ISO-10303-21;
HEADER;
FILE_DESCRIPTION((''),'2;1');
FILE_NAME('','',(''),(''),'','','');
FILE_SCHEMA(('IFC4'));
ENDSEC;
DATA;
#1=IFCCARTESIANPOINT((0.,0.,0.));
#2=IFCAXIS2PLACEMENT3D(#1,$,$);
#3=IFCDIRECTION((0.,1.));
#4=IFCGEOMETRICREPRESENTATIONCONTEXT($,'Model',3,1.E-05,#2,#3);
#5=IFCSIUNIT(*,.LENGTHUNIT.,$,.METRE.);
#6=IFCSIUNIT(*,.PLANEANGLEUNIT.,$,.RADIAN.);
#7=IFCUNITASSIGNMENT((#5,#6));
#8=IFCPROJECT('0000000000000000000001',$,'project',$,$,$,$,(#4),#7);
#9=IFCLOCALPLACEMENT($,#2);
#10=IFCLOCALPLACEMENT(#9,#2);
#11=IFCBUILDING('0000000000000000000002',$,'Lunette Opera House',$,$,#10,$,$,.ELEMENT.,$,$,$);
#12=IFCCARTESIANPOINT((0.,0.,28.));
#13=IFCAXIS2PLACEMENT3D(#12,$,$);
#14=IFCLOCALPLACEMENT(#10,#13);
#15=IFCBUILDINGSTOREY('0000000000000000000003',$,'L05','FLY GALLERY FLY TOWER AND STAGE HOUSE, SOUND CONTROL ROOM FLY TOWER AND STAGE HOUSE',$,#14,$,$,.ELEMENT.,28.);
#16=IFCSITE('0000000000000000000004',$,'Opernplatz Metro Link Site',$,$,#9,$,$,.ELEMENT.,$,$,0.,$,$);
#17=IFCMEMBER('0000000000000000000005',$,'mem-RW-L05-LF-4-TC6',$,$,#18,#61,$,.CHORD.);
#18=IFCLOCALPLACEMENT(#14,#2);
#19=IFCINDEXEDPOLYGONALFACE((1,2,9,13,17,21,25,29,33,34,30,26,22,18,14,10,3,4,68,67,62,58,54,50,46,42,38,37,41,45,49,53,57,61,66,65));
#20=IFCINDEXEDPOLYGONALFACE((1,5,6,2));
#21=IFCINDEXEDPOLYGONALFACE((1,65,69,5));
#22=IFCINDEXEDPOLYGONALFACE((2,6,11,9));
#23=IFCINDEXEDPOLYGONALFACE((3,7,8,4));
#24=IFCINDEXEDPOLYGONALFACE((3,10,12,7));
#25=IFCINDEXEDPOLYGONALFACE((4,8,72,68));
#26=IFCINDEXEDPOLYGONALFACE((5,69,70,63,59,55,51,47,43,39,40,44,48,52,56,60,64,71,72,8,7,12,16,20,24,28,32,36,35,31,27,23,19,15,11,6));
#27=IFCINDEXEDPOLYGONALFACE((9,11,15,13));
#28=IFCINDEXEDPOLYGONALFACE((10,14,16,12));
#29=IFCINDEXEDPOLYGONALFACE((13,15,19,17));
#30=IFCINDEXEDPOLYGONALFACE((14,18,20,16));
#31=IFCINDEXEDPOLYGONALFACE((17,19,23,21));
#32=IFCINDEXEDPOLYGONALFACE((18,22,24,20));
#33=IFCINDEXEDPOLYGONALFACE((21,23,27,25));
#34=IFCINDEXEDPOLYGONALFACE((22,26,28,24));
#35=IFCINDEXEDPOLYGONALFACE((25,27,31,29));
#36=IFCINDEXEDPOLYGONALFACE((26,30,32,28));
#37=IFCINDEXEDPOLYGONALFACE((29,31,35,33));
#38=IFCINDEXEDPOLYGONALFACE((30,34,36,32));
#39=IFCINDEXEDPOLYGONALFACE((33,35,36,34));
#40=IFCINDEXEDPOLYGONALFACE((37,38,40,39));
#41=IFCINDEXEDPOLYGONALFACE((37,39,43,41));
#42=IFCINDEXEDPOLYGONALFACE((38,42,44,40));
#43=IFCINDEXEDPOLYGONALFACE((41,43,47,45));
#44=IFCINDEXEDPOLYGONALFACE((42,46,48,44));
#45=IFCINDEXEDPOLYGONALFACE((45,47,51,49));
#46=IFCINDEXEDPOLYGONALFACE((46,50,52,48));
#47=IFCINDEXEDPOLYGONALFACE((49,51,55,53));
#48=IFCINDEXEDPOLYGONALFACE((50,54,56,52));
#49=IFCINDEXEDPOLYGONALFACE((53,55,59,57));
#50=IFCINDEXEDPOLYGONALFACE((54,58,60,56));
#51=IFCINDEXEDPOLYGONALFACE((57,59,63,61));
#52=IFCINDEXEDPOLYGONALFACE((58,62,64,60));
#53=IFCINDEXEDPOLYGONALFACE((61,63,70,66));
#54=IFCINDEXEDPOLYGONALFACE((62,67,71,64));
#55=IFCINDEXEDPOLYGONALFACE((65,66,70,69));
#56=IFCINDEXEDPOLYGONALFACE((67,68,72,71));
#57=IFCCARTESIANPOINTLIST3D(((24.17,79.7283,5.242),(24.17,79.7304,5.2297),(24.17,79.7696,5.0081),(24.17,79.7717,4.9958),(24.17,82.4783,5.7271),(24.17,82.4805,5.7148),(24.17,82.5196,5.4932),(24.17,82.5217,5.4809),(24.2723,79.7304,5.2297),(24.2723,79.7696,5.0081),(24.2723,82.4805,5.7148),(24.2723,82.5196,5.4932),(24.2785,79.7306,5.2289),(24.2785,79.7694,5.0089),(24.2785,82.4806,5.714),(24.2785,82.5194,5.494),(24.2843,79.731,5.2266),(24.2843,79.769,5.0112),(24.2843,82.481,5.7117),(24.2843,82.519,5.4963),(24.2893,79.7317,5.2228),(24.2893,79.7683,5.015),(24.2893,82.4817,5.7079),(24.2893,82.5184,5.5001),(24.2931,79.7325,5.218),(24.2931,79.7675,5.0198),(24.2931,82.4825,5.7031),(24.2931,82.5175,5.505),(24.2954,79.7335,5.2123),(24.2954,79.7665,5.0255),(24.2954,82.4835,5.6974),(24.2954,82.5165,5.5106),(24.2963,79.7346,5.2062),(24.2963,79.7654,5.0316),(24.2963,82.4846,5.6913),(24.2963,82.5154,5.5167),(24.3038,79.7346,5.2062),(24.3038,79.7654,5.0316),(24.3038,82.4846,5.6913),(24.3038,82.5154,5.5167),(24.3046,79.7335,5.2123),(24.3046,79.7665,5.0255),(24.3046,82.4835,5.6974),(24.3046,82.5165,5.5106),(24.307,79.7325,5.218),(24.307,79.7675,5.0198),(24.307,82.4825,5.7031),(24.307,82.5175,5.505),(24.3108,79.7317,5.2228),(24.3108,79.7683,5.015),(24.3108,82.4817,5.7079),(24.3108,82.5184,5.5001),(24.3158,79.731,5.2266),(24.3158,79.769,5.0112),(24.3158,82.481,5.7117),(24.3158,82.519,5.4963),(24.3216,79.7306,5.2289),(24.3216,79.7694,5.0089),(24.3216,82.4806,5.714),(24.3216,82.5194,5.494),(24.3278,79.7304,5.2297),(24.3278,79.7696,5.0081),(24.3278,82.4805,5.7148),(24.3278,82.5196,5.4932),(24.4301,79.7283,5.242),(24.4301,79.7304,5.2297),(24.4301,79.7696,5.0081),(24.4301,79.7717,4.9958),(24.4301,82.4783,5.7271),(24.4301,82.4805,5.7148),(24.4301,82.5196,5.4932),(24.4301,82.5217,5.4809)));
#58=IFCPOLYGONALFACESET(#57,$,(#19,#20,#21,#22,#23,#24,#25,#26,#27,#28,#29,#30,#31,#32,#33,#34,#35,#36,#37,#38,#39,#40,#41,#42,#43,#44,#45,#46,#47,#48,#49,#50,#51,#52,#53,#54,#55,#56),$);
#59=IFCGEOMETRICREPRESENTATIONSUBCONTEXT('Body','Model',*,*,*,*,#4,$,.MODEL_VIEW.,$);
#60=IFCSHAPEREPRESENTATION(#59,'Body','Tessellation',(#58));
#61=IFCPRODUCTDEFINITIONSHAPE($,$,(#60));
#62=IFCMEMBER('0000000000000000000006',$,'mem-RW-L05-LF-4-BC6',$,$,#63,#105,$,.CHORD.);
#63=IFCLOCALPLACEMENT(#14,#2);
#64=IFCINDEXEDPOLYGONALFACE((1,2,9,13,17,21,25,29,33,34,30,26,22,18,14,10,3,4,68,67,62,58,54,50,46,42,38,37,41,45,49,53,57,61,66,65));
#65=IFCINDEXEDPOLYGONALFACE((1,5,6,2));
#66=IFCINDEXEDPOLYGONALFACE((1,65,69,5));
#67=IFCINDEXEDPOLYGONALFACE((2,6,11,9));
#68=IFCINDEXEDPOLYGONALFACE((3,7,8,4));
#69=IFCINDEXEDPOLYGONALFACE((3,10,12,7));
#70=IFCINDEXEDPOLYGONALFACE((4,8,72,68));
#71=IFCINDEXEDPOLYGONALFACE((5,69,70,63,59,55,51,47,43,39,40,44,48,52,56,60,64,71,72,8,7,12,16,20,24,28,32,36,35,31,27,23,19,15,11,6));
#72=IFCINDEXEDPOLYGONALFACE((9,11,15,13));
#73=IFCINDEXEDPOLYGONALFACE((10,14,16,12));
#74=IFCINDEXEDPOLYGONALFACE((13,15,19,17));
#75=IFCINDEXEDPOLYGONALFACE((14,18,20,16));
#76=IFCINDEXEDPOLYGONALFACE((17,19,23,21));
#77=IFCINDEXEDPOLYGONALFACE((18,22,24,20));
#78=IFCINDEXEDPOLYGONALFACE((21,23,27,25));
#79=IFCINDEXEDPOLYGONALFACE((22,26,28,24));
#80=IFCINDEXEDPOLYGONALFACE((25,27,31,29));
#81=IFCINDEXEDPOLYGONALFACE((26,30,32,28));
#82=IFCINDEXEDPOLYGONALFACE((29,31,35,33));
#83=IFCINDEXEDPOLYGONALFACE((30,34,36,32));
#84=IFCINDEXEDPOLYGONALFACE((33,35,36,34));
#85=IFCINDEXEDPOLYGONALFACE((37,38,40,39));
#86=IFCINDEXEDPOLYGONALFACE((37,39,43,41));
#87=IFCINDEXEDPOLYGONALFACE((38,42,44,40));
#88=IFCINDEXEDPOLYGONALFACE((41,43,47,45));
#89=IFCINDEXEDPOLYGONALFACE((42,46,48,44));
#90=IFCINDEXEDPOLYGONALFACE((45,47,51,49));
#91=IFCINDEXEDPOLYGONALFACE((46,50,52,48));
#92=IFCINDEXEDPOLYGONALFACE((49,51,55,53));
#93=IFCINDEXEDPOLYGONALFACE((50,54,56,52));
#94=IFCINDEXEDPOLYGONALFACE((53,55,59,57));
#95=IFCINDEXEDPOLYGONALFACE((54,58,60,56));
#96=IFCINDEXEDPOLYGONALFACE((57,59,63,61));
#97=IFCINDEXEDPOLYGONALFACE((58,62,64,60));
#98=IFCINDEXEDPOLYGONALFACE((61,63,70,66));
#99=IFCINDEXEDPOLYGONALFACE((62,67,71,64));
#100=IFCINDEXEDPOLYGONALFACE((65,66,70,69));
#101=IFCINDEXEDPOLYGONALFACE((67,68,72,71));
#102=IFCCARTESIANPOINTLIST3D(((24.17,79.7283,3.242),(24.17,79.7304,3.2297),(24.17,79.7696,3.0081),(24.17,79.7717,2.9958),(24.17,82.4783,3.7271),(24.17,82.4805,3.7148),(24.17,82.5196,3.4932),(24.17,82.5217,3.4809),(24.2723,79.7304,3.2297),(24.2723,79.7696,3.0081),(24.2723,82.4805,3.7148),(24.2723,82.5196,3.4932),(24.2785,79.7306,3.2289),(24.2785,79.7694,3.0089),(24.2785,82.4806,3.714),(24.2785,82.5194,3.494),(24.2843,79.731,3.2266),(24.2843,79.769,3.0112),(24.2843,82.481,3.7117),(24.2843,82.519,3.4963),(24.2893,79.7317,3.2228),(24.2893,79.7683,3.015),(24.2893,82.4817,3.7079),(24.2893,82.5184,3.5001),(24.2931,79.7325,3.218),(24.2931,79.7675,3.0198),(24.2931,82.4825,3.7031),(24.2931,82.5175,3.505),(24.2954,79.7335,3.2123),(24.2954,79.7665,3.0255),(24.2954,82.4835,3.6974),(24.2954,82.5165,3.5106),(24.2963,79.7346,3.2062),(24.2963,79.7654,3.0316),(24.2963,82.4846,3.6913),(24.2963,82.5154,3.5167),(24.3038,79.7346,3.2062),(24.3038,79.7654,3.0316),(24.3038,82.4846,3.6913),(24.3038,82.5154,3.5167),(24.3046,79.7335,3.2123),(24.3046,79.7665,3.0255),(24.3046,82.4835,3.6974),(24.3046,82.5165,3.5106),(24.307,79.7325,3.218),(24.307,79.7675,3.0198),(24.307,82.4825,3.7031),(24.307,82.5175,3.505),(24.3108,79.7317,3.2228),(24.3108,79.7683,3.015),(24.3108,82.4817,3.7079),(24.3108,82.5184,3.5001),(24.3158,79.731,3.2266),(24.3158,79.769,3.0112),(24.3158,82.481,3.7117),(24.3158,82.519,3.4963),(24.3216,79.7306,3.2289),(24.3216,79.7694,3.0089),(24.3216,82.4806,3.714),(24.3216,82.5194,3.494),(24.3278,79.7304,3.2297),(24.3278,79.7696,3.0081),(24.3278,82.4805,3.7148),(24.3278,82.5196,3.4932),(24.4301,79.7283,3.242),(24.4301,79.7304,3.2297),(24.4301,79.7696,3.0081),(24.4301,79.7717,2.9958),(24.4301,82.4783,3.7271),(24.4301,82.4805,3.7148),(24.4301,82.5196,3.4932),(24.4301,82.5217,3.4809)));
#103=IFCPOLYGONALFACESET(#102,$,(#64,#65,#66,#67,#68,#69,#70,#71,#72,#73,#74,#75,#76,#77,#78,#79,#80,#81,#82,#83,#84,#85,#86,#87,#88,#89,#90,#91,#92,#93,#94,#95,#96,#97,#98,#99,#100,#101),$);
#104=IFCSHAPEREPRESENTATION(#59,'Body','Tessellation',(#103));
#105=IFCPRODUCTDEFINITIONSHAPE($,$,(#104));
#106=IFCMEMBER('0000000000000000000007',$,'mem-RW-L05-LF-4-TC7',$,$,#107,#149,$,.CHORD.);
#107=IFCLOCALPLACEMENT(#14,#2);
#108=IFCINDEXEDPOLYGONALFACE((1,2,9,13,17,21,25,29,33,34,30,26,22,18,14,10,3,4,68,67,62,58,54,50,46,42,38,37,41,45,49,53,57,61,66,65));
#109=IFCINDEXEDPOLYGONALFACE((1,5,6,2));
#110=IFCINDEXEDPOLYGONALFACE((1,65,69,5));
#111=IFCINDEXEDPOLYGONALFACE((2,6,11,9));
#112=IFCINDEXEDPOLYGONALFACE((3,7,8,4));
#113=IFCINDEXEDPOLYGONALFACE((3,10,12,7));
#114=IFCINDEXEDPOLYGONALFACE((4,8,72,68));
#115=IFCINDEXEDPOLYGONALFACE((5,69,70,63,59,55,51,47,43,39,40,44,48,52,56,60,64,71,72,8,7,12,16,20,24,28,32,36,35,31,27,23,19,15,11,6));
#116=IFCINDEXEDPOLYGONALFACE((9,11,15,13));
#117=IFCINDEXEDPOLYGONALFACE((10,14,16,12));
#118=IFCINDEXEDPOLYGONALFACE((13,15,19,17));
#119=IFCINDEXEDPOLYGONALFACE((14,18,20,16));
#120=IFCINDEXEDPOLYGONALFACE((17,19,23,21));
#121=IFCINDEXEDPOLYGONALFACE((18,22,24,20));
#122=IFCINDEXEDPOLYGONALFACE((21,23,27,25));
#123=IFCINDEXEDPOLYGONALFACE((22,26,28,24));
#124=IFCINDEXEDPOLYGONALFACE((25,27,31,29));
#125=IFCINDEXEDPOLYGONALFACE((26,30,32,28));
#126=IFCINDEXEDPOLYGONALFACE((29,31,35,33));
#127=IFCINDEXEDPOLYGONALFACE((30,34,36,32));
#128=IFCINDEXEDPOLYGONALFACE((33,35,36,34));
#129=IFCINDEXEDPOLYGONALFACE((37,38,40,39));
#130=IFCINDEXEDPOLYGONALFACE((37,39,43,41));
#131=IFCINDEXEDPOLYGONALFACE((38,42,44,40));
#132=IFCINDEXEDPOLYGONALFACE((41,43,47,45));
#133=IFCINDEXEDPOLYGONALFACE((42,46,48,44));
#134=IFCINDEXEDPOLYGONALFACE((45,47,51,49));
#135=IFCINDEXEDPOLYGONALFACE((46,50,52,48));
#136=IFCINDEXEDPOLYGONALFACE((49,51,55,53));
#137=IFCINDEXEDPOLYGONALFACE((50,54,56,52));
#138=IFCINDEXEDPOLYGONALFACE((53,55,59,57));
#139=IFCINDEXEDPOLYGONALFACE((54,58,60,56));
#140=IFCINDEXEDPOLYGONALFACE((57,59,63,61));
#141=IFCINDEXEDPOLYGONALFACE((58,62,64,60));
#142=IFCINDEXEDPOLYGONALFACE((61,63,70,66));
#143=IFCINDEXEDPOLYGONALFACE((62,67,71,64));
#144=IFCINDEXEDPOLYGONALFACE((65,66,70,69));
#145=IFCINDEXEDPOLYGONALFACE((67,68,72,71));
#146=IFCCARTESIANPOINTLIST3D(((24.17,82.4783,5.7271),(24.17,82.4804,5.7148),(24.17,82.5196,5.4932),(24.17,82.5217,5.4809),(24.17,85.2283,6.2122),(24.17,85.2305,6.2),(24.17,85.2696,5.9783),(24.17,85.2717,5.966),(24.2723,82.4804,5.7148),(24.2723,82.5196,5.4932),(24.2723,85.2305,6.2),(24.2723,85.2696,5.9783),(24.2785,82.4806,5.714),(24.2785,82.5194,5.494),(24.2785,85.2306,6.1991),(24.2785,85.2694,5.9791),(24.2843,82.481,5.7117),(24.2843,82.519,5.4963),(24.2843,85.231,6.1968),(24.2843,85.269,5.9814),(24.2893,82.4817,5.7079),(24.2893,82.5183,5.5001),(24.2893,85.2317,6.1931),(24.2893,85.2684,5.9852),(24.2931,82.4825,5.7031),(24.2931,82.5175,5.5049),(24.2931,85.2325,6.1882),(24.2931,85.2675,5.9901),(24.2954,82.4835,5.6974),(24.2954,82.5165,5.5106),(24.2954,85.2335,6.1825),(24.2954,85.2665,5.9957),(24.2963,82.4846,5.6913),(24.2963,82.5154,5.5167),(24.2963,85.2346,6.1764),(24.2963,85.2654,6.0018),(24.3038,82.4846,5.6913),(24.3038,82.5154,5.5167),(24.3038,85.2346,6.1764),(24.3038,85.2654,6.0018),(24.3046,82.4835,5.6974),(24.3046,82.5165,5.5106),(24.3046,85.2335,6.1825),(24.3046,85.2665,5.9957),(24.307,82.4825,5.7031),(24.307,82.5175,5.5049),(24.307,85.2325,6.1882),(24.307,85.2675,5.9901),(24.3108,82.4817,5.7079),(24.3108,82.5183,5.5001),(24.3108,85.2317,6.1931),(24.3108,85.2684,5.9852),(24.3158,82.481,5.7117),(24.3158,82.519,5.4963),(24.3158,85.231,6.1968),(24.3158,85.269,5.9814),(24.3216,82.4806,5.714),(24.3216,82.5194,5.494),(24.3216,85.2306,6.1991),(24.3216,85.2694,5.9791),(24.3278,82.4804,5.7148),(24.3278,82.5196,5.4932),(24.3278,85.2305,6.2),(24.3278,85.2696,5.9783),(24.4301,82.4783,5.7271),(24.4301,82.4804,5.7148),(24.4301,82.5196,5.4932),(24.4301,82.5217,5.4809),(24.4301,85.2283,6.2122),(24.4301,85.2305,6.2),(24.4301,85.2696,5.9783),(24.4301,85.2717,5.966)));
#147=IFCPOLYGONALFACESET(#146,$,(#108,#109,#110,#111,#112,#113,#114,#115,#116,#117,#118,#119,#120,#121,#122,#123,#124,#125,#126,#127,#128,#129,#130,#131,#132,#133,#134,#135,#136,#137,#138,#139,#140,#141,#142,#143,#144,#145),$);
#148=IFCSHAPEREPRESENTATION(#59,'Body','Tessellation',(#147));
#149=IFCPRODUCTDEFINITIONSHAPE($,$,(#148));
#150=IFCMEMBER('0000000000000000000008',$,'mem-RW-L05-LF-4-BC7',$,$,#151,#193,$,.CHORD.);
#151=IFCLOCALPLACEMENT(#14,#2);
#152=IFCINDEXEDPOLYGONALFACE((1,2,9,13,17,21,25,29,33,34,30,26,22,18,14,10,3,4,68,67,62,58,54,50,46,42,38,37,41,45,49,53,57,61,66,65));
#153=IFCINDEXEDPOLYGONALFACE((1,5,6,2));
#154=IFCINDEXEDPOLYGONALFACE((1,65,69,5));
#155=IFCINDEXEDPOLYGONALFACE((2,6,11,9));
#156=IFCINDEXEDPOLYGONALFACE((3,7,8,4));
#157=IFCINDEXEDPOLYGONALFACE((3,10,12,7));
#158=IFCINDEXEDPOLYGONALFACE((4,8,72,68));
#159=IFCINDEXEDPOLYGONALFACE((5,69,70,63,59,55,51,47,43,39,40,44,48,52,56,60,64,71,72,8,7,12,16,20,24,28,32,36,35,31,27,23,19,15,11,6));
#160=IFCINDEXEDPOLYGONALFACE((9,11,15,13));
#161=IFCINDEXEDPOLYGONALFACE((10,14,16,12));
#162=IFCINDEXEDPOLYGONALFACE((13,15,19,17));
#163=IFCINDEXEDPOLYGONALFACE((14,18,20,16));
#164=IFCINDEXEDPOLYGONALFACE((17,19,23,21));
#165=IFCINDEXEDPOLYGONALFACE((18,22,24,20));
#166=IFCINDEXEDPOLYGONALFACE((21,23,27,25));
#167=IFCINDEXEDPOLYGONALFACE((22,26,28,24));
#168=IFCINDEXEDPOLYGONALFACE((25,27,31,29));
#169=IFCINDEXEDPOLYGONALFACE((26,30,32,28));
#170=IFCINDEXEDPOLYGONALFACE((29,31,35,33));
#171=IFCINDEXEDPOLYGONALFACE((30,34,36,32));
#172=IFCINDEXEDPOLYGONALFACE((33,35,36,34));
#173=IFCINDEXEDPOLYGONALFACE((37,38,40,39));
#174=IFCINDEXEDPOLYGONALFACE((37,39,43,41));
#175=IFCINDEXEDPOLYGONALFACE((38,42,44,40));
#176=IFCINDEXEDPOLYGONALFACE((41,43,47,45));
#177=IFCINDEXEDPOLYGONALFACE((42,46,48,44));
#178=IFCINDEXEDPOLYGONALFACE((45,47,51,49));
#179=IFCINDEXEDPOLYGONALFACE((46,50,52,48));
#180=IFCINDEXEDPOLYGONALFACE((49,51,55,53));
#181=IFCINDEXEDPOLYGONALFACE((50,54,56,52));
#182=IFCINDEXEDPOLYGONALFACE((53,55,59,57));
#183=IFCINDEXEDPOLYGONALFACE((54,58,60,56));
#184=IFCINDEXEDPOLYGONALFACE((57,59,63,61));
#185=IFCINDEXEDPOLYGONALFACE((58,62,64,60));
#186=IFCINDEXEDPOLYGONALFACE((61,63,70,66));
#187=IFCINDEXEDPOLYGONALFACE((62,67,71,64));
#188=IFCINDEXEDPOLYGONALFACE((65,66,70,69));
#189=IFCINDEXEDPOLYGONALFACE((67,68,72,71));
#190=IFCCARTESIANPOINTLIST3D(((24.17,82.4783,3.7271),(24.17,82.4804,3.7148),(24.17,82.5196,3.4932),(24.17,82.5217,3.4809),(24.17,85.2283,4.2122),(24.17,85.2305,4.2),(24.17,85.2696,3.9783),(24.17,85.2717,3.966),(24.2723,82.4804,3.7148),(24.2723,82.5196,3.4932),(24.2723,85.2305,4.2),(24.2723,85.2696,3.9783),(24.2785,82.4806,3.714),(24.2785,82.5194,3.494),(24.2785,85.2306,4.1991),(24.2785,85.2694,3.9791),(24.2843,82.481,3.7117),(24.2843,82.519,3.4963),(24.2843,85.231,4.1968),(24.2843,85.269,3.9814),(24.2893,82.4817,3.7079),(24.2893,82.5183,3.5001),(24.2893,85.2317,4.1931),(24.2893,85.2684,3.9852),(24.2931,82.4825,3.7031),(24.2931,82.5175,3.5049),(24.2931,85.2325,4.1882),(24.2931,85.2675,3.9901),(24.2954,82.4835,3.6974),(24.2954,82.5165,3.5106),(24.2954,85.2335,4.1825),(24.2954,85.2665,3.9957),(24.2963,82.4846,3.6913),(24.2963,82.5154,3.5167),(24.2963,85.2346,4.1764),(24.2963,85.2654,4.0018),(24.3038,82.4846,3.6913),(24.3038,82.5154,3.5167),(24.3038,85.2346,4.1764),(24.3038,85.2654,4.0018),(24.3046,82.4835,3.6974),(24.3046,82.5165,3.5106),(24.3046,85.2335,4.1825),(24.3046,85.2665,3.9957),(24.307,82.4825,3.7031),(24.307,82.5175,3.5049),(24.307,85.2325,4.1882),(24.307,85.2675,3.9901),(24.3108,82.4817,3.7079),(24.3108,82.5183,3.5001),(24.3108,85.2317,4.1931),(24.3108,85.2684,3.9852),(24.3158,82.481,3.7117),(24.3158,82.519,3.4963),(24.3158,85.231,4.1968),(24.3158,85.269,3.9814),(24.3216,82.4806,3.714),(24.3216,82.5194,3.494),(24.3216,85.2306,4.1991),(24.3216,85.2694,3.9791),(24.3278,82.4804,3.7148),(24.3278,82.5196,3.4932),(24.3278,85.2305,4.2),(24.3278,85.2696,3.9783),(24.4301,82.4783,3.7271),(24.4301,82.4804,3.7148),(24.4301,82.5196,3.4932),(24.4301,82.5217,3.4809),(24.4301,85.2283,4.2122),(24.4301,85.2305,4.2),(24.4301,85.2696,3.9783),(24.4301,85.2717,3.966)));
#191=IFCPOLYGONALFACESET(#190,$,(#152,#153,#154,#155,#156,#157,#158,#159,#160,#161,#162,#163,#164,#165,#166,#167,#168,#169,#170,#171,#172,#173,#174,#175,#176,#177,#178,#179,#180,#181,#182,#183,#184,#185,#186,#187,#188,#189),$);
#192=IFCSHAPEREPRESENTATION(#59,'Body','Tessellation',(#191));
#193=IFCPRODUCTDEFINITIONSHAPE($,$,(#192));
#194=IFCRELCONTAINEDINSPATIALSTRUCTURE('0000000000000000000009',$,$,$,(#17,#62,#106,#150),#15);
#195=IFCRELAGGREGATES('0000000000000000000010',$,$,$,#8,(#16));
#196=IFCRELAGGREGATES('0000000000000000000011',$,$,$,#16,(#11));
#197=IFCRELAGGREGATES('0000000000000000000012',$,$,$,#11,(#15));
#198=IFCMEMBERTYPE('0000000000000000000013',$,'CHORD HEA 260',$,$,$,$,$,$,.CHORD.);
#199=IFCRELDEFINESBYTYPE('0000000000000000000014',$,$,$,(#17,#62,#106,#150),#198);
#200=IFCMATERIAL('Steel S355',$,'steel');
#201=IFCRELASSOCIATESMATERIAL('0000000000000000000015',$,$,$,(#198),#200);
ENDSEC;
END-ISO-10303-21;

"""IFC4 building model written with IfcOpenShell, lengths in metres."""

from ifc_helpers import new_model, si_unit, direction, frame, origin, origin_2d, place, context, subcontext, project, spatial, i_section, extrude, material, material_profile, profile_set, type_object, element, save


model = new_model("IFC4")

# Units and contexts
model_context = context("Model", 3, precision=1e-05, world=origin(), true_north=direction((0.0, 1.0)))
body_context = subcontext(model_context, "Body", "Model", "MODEL_VIEW")
ifc_project = project(units=[si_unit("LENGTHUNIT", "METRE"), si_unit("PLANEANGLEUNIT", "RADIAN")], contexts=[model_context])

# Site, building, storey
site_placement = place(None, origin())
site = spatial("IfcSite", under=ifc_project, at=site_placement, Name="Opernplatz Metro Link Site", CompositionType="ELEMENT", RefElevation=0.0)
building_placement = place(site_placement, origin())
building = spatial("IfcBuilding", under=site, at=building_placement, Name="Lunette Opera House", CompositionType="ELEMENT")
storey_placement = place(building_placement, frame((0.0, 0.0, 28.0)))
storey = spatial("IfcBuildingStorey", under=building, at=storey_placement, Name="L05", Description="FLY GALLERY FLY TOWER AND STAGE HOUSE, SOUND CONTROL ROOM FLY TOWER AND STAGE HOUSE", CompositionType="ELEMENT", Elevation=28.0)

# Members
ifc_material_1 = material(Name="Steel S355", Category="steel")
ifc_material_profile_1 = material_profile(ifc_material_1, i_section(OverallWidth=0.26, OverallDepth=0.25, WebThickness=0.0076, FlangeThickness=0.0125, FilletRadius=0.0239, at=origin_2d()), Name="HEA 260")
ifc_profile_set_1 = profile_set([ifc_material_profile_1], Name="Steel S355")
member_type_1 = type_object("IfcMemberType", Name="CHORD HEA 260", PredefinedType="CHORD", material=ifc_profile_set_1)
for number, where, z_axis, x_axis, name in (
    (1, (24.3, 79.75, 5.1189), (0.0, 0.984795, 0.17372), (-1.0, 0.0, 0.0), "mem-RW-L05-LF-4-TC6"),
    (2, (24.3, 79.75, 3.1189), (0.0, 0.984795, 0.17372), (-1.0, 0.0, 0.0), "mem-RW-L05-LF-4-BC6"),
    (3, (24.3, 82.5, 5.604), (0.0, 0.984795, 0.17372), (-1.0, 0.0, 0.0), "mem-RW-L05-LF-4-TC7"),
    (4, (24.3, 82.5, 3.604), (0.0, 0.984795, 0.17372), (-1.0, 0.0, 0.0), "mem-RW-L05-LF-4-BC7"),
):
    element("IfcMember", number, at=place(storey_placement, frame(where, z_axis=z_axis, x_axis=x_axis)), inside=storey, type_object=member_type_1, Name=name, PredefinedType="CHORD", context=body_context, shape_type="SweptSolid", body=[
        extrude(i_section(OverallWidth=0.26, OverallDepth=0.25, WebThickness=0.0076, FlangeThickness=0.0125, FilletRadius=0.0239, at=origin_2d()), origin(), (0.0, 0.0, 1.0), 2.7925),
    ])

save(model, "model.ifc")
